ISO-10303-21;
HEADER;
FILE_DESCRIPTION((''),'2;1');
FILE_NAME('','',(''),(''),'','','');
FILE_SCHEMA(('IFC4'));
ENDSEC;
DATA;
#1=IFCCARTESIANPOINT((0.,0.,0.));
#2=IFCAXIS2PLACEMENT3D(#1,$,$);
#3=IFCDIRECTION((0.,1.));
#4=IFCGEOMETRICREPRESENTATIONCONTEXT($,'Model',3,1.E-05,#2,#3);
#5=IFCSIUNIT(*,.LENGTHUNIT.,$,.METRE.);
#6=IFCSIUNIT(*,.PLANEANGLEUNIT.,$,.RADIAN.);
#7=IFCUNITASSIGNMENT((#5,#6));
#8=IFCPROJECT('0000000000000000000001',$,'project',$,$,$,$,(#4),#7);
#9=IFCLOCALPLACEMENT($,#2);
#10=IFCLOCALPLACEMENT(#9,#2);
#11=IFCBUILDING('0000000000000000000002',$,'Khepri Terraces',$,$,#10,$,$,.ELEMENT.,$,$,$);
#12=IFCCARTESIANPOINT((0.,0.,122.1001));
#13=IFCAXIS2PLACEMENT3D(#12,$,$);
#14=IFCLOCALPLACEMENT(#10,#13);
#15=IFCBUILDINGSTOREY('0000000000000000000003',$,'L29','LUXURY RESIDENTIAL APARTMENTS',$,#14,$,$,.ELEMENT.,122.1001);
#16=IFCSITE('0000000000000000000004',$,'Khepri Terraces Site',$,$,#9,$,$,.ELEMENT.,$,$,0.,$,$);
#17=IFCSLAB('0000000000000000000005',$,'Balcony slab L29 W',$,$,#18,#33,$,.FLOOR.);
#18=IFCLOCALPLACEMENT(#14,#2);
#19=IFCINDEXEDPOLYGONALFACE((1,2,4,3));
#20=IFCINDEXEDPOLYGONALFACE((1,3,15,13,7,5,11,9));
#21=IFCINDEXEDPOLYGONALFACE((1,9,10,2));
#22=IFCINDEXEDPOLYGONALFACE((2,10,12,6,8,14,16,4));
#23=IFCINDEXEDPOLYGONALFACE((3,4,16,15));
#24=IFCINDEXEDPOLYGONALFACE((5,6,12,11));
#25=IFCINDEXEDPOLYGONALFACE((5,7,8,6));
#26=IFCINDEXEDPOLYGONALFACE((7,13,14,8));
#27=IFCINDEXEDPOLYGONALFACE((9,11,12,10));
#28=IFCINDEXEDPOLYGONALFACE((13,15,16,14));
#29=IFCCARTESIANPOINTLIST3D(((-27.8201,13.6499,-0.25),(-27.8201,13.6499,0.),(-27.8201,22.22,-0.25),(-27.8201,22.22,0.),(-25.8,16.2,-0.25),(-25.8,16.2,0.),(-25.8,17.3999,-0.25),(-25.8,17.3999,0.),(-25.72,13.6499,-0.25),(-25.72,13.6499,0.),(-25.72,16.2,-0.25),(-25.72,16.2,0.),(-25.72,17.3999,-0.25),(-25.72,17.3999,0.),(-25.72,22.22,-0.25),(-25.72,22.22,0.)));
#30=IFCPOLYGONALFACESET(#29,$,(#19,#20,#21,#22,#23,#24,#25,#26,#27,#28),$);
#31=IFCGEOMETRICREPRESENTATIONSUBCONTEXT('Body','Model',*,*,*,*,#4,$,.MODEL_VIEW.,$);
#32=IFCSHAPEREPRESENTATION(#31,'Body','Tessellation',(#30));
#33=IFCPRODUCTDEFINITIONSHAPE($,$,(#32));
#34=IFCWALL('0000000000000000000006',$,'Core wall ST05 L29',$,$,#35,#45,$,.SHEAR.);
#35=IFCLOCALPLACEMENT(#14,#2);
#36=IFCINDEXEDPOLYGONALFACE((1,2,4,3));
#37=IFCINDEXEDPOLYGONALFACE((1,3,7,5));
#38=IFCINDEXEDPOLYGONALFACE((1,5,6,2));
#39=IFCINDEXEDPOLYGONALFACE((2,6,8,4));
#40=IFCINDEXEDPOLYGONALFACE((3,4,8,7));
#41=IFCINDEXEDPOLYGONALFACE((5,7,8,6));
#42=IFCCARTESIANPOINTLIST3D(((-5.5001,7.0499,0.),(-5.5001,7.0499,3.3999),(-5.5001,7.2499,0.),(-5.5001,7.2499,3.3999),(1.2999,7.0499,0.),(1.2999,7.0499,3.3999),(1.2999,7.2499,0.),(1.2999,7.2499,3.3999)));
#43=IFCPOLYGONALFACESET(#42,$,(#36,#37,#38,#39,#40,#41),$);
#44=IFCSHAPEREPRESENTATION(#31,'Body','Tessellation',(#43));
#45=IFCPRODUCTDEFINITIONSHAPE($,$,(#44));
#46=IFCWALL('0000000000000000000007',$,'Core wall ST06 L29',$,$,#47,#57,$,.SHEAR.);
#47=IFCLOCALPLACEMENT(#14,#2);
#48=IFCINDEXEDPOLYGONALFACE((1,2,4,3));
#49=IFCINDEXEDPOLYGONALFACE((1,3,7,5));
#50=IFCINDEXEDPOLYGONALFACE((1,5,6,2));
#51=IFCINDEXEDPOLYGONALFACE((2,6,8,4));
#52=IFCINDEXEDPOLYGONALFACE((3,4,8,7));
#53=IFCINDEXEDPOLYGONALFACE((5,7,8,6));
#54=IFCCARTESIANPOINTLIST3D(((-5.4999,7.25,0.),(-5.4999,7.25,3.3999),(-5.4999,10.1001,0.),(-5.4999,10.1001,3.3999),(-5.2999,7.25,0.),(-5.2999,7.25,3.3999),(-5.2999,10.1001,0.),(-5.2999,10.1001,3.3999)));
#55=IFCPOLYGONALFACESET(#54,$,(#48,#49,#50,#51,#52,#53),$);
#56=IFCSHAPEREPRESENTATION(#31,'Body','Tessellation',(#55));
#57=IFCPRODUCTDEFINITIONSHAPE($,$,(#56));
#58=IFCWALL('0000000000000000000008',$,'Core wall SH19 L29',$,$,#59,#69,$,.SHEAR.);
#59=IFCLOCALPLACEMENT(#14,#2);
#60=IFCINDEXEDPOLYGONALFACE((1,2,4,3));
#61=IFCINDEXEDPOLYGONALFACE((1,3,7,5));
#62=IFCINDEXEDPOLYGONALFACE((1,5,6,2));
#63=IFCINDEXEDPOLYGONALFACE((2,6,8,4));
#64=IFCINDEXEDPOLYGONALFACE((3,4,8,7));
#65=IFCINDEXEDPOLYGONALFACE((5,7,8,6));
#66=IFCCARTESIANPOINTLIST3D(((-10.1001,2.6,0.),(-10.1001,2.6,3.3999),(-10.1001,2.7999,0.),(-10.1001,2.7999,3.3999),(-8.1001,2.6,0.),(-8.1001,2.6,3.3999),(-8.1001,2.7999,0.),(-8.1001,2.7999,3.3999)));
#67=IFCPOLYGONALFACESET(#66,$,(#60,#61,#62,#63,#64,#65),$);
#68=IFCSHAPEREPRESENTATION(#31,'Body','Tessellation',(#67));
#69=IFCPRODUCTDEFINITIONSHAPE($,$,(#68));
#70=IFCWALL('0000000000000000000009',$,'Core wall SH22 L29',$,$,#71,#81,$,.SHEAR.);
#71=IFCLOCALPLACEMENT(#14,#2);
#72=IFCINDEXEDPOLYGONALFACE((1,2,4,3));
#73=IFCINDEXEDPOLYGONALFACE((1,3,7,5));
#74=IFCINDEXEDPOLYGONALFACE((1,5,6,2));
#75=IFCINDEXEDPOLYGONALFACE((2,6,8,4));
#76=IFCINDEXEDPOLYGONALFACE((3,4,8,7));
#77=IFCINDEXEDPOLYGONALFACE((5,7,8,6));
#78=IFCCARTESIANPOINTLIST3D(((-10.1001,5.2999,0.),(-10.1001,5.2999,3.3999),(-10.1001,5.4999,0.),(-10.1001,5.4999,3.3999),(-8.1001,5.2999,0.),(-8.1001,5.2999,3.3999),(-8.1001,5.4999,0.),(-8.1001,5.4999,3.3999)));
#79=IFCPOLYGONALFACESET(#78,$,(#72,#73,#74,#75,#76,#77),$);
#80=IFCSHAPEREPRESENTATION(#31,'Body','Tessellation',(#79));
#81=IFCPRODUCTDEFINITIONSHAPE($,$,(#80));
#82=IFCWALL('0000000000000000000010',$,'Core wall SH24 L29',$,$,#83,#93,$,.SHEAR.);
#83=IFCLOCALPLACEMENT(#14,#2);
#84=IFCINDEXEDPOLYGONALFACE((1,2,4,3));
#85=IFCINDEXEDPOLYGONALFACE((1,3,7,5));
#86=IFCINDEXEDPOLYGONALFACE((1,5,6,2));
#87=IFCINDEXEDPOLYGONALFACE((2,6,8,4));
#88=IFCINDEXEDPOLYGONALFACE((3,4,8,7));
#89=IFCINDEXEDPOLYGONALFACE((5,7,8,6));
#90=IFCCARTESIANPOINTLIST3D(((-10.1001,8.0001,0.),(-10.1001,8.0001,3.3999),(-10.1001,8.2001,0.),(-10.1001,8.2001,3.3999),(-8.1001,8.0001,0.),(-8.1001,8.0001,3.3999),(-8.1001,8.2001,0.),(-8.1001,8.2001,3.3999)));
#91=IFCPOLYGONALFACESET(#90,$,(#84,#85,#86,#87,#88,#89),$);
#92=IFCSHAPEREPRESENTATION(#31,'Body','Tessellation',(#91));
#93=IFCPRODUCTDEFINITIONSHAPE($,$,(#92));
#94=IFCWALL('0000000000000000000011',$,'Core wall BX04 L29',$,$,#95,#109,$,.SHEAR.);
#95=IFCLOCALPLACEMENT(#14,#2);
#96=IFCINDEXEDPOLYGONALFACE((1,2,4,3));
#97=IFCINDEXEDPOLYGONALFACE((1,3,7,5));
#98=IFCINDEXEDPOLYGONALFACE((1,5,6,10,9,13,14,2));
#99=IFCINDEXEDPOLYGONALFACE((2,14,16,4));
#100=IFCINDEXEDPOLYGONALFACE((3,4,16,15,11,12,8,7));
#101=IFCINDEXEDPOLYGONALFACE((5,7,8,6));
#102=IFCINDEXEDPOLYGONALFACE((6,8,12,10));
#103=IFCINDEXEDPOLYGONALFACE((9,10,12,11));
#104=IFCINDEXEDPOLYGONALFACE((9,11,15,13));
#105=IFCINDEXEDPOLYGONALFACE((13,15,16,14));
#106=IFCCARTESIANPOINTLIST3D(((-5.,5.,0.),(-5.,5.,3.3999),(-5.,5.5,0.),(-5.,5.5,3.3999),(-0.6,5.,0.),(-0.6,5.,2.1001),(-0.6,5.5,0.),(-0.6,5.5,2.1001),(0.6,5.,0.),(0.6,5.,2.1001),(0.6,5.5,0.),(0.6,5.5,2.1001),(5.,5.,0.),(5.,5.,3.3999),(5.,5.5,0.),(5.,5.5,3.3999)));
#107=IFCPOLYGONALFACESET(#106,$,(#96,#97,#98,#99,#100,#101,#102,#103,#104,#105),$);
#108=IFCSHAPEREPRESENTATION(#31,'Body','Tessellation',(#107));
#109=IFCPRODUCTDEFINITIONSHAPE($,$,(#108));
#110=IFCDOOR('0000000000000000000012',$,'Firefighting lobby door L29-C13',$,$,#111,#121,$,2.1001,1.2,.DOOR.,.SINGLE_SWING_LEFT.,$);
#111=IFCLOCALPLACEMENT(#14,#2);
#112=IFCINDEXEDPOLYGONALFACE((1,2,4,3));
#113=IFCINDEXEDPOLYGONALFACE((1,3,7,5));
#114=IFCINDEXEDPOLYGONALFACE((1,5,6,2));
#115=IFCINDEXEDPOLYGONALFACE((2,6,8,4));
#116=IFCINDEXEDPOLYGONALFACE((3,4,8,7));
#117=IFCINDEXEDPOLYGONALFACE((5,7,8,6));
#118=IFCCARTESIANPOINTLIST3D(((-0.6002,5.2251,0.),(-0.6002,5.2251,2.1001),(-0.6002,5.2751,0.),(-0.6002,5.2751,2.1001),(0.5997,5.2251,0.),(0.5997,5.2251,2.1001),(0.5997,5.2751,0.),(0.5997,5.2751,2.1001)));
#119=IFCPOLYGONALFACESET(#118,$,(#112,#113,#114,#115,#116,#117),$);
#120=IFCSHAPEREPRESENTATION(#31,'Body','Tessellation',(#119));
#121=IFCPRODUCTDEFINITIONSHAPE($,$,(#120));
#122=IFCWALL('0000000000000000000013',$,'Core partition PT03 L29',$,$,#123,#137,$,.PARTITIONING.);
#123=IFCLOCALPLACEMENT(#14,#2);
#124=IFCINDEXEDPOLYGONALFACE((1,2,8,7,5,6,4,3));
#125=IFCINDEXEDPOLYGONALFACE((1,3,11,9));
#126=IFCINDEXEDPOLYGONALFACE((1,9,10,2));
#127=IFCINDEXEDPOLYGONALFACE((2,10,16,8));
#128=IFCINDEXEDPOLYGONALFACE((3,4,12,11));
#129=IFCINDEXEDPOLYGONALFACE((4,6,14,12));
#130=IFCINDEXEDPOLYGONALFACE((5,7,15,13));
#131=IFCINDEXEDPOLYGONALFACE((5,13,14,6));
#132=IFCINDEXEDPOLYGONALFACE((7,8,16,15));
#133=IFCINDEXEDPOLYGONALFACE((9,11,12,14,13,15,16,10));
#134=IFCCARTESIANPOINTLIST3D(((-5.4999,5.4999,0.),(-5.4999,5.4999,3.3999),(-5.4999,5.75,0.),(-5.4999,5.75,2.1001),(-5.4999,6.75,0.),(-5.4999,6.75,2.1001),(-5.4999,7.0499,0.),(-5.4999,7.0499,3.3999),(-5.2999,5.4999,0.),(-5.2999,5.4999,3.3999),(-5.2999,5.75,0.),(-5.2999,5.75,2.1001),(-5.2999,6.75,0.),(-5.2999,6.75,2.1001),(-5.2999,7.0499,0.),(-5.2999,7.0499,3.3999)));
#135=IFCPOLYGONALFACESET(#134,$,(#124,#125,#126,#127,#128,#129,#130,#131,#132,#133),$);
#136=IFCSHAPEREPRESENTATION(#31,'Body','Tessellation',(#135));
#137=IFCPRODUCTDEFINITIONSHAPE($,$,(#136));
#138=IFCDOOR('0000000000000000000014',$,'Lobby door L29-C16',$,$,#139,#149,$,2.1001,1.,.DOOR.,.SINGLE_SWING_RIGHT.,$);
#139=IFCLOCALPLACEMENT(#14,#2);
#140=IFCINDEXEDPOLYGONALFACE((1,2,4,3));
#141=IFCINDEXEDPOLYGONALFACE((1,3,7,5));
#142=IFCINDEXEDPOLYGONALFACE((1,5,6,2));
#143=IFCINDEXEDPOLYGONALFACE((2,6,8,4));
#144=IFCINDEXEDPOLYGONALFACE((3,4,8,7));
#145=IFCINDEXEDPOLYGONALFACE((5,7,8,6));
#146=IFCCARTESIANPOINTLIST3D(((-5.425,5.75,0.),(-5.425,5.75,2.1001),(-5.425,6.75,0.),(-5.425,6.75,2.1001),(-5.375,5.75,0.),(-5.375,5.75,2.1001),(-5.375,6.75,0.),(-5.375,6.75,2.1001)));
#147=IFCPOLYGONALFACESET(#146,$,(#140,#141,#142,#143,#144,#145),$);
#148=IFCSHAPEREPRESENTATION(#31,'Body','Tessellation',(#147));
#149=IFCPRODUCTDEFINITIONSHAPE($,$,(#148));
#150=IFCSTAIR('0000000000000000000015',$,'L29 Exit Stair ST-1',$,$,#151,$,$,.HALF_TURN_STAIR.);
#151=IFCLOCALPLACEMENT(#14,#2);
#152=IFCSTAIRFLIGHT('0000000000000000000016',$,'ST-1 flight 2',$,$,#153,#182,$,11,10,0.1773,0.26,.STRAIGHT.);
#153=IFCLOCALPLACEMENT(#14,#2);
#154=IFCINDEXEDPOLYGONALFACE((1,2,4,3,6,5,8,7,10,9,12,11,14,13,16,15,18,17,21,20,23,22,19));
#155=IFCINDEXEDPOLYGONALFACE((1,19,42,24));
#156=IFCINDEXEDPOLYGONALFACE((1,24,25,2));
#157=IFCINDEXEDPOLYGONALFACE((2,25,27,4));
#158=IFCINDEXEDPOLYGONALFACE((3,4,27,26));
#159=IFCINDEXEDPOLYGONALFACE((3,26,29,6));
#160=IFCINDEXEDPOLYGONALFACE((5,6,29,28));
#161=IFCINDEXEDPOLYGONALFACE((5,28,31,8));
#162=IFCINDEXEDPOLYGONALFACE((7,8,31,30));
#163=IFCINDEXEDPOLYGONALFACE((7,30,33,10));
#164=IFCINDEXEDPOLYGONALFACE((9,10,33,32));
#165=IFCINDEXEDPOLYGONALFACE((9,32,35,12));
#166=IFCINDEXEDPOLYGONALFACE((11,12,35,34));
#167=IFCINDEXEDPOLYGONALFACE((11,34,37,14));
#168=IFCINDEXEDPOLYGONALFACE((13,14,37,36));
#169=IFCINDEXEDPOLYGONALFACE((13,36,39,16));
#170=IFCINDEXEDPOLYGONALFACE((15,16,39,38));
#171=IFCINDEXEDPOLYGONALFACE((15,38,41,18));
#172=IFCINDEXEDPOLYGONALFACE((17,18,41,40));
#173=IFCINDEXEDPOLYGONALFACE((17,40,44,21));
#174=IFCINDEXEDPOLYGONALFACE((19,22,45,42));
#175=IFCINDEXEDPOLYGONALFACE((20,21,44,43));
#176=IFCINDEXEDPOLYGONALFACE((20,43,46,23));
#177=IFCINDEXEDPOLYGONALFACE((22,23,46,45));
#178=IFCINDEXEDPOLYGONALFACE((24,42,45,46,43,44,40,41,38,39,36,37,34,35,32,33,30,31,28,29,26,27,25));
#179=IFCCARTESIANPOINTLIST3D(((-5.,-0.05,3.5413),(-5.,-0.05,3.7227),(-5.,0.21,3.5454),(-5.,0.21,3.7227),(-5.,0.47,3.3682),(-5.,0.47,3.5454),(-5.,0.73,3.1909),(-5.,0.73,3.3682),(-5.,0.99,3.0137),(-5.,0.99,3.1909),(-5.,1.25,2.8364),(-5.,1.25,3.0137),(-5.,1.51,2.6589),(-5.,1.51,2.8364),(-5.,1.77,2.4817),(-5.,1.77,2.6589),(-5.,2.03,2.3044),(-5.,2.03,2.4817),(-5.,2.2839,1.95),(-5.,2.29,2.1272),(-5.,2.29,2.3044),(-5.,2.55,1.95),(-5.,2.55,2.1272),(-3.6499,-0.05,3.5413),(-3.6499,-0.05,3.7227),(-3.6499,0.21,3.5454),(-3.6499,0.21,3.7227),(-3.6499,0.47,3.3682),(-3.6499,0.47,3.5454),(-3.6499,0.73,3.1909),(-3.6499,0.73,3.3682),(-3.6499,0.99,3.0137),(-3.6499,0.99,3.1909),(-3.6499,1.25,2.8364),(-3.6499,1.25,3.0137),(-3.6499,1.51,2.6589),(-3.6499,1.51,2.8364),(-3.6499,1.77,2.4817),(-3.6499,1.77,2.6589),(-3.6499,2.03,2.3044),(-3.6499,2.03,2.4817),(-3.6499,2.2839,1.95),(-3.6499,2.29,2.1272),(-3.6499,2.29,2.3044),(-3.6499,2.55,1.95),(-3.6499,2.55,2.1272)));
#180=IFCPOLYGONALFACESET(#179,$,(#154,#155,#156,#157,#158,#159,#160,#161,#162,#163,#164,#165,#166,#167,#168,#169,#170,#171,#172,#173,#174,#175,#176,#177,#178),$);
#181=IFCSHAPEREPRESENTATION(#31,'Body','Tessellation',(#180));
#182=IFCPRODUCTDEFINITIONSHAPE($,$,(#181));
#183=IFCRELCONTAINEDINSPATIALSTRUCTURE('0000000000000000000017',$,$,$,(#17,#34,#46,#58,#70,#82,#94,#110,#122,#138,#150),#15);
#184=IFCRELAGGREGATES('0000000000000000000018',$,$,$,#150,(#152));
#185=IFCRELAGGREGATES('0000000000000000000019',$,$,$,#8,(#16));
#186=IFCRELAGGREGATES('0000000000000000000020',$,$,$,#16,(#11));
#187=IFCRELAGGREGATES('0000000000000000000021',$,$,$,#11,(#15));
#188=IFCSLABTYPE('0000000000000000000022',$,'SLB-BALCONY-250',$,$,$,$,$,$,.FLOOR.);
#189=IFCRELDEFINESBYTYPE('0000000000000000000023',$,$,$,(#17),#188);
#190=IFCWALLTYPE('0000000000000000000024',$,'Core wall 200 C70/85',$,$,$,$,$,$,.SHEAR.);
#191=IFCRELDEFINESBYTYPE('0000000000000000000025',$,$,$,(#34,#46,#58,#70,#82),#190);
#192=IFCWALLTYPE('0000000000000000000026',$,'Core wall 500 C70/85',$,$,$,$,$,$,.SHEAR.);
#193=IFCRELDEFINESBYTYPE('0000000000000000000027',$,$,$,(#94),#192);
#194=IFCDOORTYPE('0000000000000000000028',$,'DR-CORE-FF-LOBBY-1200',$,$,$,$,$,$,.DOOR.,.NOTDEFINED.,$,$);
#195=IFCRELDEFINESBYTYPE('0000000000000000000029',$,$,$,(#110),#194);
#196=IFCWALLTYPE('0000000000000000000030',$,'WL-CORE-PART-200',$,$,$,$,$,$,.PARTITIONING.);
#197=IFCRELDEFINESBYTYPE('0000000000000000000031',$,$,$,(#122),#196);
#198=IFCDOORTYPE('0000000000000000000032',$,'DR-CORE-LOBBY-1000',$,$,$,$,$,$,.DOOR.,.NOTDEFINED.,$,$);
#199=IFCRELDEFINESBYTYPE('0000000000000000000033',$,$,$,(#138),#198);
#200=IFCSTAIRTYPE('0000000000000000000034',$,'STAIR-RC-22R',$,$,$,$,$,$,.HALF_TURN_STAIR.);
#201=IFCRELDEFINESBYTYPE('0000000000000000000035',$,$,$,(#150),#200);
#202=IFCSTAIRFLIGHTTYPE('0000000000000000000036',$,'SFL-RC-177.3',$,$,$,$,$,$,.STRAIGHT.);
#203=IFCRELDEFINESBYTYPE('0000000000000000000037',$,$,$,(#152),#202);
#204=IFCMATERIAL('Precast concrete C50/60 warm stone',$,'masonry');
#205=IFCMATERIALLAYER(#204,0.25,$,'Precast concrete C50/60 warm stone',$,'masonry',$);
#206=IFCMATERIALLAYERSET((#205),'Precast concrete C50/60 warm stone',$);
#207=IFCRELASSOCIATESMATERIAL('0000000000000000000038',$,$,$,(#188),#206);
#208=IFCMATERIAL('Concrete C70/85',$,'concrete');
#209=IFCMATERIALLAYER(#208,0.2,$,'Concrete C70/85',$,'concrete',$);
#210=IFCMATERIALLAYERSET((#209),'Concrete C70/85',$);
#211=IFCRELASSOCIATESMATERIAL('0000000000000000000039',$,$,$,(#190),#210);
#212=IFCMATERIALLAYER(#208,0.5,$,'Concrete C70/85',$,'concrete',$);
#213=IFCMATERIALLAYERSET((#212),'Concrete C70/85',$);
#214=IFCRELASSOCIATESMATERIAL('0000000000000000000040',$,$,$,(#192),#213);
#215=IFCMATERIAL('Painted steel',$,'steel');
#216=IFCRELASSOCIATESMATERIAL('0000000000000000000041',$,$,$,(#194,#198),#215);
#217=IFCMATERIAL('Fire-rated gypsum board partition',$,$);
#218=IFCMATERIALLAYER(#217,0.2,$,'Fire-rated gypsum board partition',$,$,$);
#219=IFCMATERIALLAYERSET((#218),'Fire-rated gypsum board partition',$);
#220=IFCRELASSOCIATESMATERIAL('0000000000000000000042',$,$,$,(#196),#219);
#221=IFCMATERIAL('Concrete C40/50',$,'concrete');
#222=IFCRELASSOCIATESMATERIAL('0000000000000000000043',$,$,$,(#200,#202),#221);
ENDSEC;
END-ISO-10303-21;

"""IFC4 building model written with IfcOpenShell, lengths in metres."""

from ifc_helpers import new_model, si_unit, direction, frame, frame_2d, origin, place, context, subcontext, project, spatial, polyline, rectangle, outline, extrude, material, layer, layer_set, type_object, element, fill, aggregate, save


model = new_model("IFC4")

# Units and contexts
model_context = context("Model", 3, precision=1e-05, world=origin(), true_north=direction((0.0, 1.0)))
body_context = subcontext(model_context, "Body", "Model", "MODEL_VIEW")
ifc_project = project(units=[si_unit("LENGTHUNIT", "METRE"), si_unit("PLANEANGLEUNIT", "RADIAN")], contexts=[model_context])

# Site, building, storey
site_placement = place(None, origin())
site = spatial("IfcSite", under=ifc_project, at=site_placement, Name="Khepri Terraces Site", CompositionType="ELEMENT", RefElevation=0.0)
building_placement = place(site_placement, origin())
building = spatial("IfcBuilding", under=site, at=building_placement, Name="Khepri Terraces", CompositionType="ELEMENT")
storey_placement = place(building_placement, frame((0.0, 0.0, 122.1001)))
storey = spatial("IfcBuildingStorey", under=building, at=storey_placement, Name="L29", Description="LUXURY RESIDENTIAL APARTMENTS", CompositionType="ELEMENT", Elevation=122.1001)

# Slab
ifc_material_1 = material(Name="Precast concrete C50/60 warm stone", Category="masonry")
ifc_layer_1 = layer(ifc_material_1, 0.25, Name="Precast concrete C50/60 warm stone", Category="masonry")
ifc_layer_set_1 = layer_set([ifc_layer_1], Name="Precast concrete C50/60 warm stone")
slab_type = type_object("IfcSlabType", Name="SLB-BALCONY-250", PredefinedType="FLOOR", material=ifc_layer_set_1)
slab_placement = place(storey_placement, frame((0.0, 0.0, -0.25)))
element("IfcSlab", 1, at=slab_placement, inside=storey, type_object=slab_type, Name="Balcony slab L29 W", PredefinedType="FLOOR", context=body_context, shape_type="SweptSolid", body=[
    extrude(outline(polyline([(-25.72, 17.3999), (-25.72, 22.22), (-27.8201, 22.22), (-27.8201, 13.6499), (-25.72, 13.6499), (-25.72, 16.2), (-25.8, 16.2), (-25.8, 17.3999), (-25.72, 17.3999)])), origin(), (0.0, 0.0, 1.0), 0.25),
])

# Walls
ifc_material_2 = material(Name="Concrete C70/85", Category="concrete")
ifc_layer_2 = layer(ifc_material_2, 0.2, Name="Concrete C70/85", Category="concrete")
ifc_layer_set_2 = layer_set([ifc_layer_2], Name="Concrete C70/85")
wall_type_1 = type_object("IfcWallType", Name="Core wall 200 C70/85", PredefinedType="SHEAR", material=ifc_layer_set_2)
wall_1_placement = place(storey_placement, frame((-5.5, 7.1499, 0.0), z_axis=(0.0, 0.0, 1.0), x_axis=(1.0, 0.0, 0.0)))
element("IfcWall", 2, at=wall_1_placement, inside=storey, type_object=wall_type_1, Name="Core wall ST05 L29", PredefinedType="SHEAR", context=body_context, shape_type="SweptSolid", body=[
    extrude(rectangle(XDim=6.8, YDim=0.2, at=frame_2d((3.3999, 0.0))), origin(), (0.0, 0.0, 1.0), 3.3999),
])
wall_2_placement = place(storey_placement, frame((-5.3999, 7.25, 0.0), z_axis=(0.0, 0.0, 1.0), x_axis=(0.0, 1.0, 0.0)))
element("IfcWall", 3, at=wall_2_placement, inside=storey, type_object=wall_type_1, Name="Core wall ST06 L29", PredefinedType="SHEAR", context=body_context, shape_type="SweptSolid", body=[
    extrude(rectangle(XDim=2.8501, YDim=0.2, at=frame_2d((1.425, 0.0))), origin(), (0.0, 0.0, 1.0), 3.3999),
])
for number, where, z_axis, x_axis, name in (
    (4, (-10.1001, 2.7, 0.0), (0.0, 0.0, 1.0), (1.0, 0.0, 0.0), "Core wall SH19 L29"),
    (5, (-10.1001, 5.3999, 0.0), (0.0, 0.0, 1.0), (1.0, 0.0, 0.0), "Core wall SH22 L29"),
    (6, (-10.1001, 8.1001, 0.0), (0.0, 0.0, 1.0), (1.0, 0.0, 0.0), "Core wall SH24 L29"),
):
    element("IfcWall", number, at=place(storey_placement, frame(where, z_axis=z_axis, x_axis=x_axis)), inside=storey, type_object=wall_type_1, Name=name, PredefinedType="SHEAR", context=body_context, shape_type="SweptSolid", body=[
        extrude(rectangle(XDim=2.0, YDim=0.2, at=frame_2d((1.0, 0.0))), origin(), (0.0, 0.0, 1.0), 3.3999),
    ])

# Walls, openings, doors
ifc_layer_3 = layer(ifc_material_2, 0.5, Name="Concrete C70/85", Category="concrete")
ifc_layer_set_3 = layer_set([ifc_layer_3], Name="Concrete C70/85")
wall_type_2 = type_object("IfcWallType", Name="Core wall 500 C70/85", PredefinedType="SHEAR", material=ifc_layer_set_3)
wall_3_placement = place(storey_placement, frame((-5.0, 5.25, 0.0), z_axis=(0.0, 0.0, 1.0), x_axis=(1.0, 0.0, 0.0)))
wall_3 = element("IfcWall", 7, at=wall_3_placement, inside=storey, type_object=wall_type_2, Name="Core wall BX04 L29", PredefinedType="SHEAR", context=body_context, shape_type="SweptSolid", body=[
    extrude(rectangle(XDim=10.0, YDim=0.5, at=frame_2d((5.0, 0.0))), origin(), (0.0, 0.0, 1.0), 3.3999),
])
opening_1_placement = place(wall_3_placement, frame((4.3999, 0.0, 0.0)))
opening_1 = element("IfcOpeningElement", 8, at=opening_1_placement, cuts=wall_3, PredefinedType="OPENING", context=body_context, shape_type="SweptSolid", body=[
    extrude(rectangle(XDim=1.2, YDim=2.1001, at=frame_2d((0.6001, 1.05))), frame((0.0, 0.26, 0.0), z_axis=(0.0, -1.0, 0.0), x_axis=(1.0, 0.0, 0.0)), (0.0, 0.0, 1.0), 0.52),
])
ifc_material_3 = material(Name="Painted steel", Category="steel")
door_type_1 = type_object("IfcDoorType", Name="DR-CORE-FF-LOBBY-1200", OperationType="NOTDEFINED", PredefinedType="DOOR", material=ifc_material_3)
door_1_placement = place(opening_1_placement, frame((1.2, 0.0, 0.0), z_axis=(0.0, 0.0, 1.0), x_axis=(-1.0, 0.0, 0.0)))
door_1 = element("IfcDoor", 9, at=door_1_placement, inside=storey, type_object=door_type_1, Name="Firefighting lobby door L29-C13", OperationType="SINGLE_SWING_LEFT", OverallHeight=2.1001, OverallWidth=1.2, PredefinedType="DOOR", context=body_context, shape_type="SweptSolid", body=[
    extrude(rectangle(XDim=1.2, YDim=2.1001, at=frame_2d((0.6001, 1.05))), frame((0.0, 0.0249, 0.0), z_axis=(0.0, -1.0, 0.0), x_axis=(1.0, 0.0, 0.0)), (0.0, 0.0, 1.0), 0.05),
])
fill(opening_1, door_1)
ifc_material_4 = material(Name="Fire-rated gypsum board partition")
ifc_layer_4 = layer(ifc_material_4, 0.2, Name="Fire-rated gypsum board partition")
ifc_layer_set_4 = layer_set([ifc_layer_4], Name="Fire-rated gypsum board partition")
wall_type_3 = type_object("IfcWallType", Name="WL-CORE-PART-200", PredefinedType="PARTITIONING", material=ifc_layer_set_4)
wall_4_placement = place(storey_placement, frame((-5.3999, 5.5, 0.0), z_axis=(0.0, 0.0, 1.0), x_axis=(0.0, 1.0, 0.0)))
wall_4 = element("IfcWall", 10, at=wall_4_placement, inside=storey, type_object=wall_type_3, Name="Core partition PT03 L29", PredefinedType="PARTITIONING", context=body_context, shape_type="SweptSolid", body=[
    extrude(rectangle(XDim=1.55, YDim=0.2, at=frame_2d((0.7749, 0.0))), origin(), (0.0, 0.0, 1.0), 3.3999),
])
opening_2_placement = place(wall_4_placement, frame((0.25, 0.0, 0.0)))
opening_2 = element("IfcOpeningElement", 11, at=opening_2_placement, cuts=wall_4, PredefinedType="OPENING", context=body_context, shape_type="SweptSolid", body=[
    extrude(rectangle(XDim=1.0, YDim=2.1001, at=frame_2d((0.5, 1.05))), frame((0.0, 0.1099, 0.0), z_axis=(0.0, -1.0, 0.0), x_axis=(1.0, 0.0, 0.0)), (0.0, 0.0, 1.0), 0.22),
])
door_type_2 = type_object("IfcDoorType", Name="DR-CORE-LOBBY-1000", OperationType="NOTDEFINED", PredefinedType="DOOR", material=ifc_material_3)
door_2_placement = place(opening_2_placement, frame((1.0, 0.0, 0.0), z_axis=(0.0, 0.0, 1.0), x_axis=(-1.0, 0.0, 0.0)))
door_2 = element("IfcDoor", 12, at=door_2_placement, inside=storey, type_object=door_type_2, Name="Lobby door L29-C16", OperationType="SINGLE_SWING_RIGHT", OverallHeight=2.1001, OverallWidth=1.0, PredefinedType="DOOR", context=body_context, shape_type="SweptSolid", body=[
    extrude(rectangle(XDim=1.0, YDim=2.1001, at=frame_2d((0.5, 1.05))), frame((0.0, 0.0249, 0.0), z_axis=(0.0, -1.0, 0.0), x_axis=(1.0, 0.0, 0.0)), (0.0, 0.0, 1.0), 0.05),
])
fill(opening_2, door_2)

# Stair, stair flight
ifc_material_5 = material(Name="Concrete C40/50", Category="concrete")
stair_type = type_object("IfcStairType", Name="STAIR-RC-22R", PredefinedType="HALF_TURN_STAIR", material=ifc_material_5)
stair_1_placement = place(storey_placement, origin())
stair_1 = element("IfcStair", 13, at=stair_1_placement, inside=storey, type_object=stair_type, Name="L29 Exit Stair ST-1", PredefinedType="HALF_TURN_STAIR")
stair_flight_type = type_object("IfcStairFlightType", Name="SFL-RC-177.3", PredefinedType="STRAIGHT", material=ifc_material_5)
stair_flight_1_placement = place(storey_placement, frame((-4.325, 2.55, 1.95), z_axis=(0.0, 0.0, 1.0), x_axis=(0.0, -1.0, 0.0)))
stair_flight_1 = element("IfcStairFlight", 14, at=stair_flight_1_placement, type_object=stair_flight_type, Name="ST-1 flight 2", NumberOfRisers=11, NumberOfTreads=10, PredefinedType="STRAIGHT", RiserHeight=0.1773, TreadLength=0.26, context=body_context, shape_type="SweptSolid", body=[
    extrude(outline(polyline([(0.0, 0.0), (0.0, 0.1772), (0.26, 0.1772), (0.26, 0.3545), (0.52, 0.3545), (0.52, 0.5317), (0.78, 0.5317), (0.78, 0.709), (1.04, 0.709), (1.04, 0.8865), (1.3, 0.8865), (1.3, 1.0637), (1.5601, 1.0637), (1.5601, 1.241), (1.8201, 1.241), (1.8201, 1.4182), (2.0801, 1.4182), (2.0801, 1.5955), (2.3401, 1.5955), (2.3401, 1.7727), (2.6001, 1.7727), (2.6001, 1.95), (2.6001, 1.5913), (0.2661, 0.0), (0.0, 0.0)])), frame((0.0, 0.675, 0.0), z_axis=(0.0, -1.0, 0.0), x_axis=(1.0, 0.0, 0.0)), (0.0, 0.0, 1.0), 1.3501),
])
aggregate(stair_1, [stair_flight_1])

save(model, "model.ifc")
